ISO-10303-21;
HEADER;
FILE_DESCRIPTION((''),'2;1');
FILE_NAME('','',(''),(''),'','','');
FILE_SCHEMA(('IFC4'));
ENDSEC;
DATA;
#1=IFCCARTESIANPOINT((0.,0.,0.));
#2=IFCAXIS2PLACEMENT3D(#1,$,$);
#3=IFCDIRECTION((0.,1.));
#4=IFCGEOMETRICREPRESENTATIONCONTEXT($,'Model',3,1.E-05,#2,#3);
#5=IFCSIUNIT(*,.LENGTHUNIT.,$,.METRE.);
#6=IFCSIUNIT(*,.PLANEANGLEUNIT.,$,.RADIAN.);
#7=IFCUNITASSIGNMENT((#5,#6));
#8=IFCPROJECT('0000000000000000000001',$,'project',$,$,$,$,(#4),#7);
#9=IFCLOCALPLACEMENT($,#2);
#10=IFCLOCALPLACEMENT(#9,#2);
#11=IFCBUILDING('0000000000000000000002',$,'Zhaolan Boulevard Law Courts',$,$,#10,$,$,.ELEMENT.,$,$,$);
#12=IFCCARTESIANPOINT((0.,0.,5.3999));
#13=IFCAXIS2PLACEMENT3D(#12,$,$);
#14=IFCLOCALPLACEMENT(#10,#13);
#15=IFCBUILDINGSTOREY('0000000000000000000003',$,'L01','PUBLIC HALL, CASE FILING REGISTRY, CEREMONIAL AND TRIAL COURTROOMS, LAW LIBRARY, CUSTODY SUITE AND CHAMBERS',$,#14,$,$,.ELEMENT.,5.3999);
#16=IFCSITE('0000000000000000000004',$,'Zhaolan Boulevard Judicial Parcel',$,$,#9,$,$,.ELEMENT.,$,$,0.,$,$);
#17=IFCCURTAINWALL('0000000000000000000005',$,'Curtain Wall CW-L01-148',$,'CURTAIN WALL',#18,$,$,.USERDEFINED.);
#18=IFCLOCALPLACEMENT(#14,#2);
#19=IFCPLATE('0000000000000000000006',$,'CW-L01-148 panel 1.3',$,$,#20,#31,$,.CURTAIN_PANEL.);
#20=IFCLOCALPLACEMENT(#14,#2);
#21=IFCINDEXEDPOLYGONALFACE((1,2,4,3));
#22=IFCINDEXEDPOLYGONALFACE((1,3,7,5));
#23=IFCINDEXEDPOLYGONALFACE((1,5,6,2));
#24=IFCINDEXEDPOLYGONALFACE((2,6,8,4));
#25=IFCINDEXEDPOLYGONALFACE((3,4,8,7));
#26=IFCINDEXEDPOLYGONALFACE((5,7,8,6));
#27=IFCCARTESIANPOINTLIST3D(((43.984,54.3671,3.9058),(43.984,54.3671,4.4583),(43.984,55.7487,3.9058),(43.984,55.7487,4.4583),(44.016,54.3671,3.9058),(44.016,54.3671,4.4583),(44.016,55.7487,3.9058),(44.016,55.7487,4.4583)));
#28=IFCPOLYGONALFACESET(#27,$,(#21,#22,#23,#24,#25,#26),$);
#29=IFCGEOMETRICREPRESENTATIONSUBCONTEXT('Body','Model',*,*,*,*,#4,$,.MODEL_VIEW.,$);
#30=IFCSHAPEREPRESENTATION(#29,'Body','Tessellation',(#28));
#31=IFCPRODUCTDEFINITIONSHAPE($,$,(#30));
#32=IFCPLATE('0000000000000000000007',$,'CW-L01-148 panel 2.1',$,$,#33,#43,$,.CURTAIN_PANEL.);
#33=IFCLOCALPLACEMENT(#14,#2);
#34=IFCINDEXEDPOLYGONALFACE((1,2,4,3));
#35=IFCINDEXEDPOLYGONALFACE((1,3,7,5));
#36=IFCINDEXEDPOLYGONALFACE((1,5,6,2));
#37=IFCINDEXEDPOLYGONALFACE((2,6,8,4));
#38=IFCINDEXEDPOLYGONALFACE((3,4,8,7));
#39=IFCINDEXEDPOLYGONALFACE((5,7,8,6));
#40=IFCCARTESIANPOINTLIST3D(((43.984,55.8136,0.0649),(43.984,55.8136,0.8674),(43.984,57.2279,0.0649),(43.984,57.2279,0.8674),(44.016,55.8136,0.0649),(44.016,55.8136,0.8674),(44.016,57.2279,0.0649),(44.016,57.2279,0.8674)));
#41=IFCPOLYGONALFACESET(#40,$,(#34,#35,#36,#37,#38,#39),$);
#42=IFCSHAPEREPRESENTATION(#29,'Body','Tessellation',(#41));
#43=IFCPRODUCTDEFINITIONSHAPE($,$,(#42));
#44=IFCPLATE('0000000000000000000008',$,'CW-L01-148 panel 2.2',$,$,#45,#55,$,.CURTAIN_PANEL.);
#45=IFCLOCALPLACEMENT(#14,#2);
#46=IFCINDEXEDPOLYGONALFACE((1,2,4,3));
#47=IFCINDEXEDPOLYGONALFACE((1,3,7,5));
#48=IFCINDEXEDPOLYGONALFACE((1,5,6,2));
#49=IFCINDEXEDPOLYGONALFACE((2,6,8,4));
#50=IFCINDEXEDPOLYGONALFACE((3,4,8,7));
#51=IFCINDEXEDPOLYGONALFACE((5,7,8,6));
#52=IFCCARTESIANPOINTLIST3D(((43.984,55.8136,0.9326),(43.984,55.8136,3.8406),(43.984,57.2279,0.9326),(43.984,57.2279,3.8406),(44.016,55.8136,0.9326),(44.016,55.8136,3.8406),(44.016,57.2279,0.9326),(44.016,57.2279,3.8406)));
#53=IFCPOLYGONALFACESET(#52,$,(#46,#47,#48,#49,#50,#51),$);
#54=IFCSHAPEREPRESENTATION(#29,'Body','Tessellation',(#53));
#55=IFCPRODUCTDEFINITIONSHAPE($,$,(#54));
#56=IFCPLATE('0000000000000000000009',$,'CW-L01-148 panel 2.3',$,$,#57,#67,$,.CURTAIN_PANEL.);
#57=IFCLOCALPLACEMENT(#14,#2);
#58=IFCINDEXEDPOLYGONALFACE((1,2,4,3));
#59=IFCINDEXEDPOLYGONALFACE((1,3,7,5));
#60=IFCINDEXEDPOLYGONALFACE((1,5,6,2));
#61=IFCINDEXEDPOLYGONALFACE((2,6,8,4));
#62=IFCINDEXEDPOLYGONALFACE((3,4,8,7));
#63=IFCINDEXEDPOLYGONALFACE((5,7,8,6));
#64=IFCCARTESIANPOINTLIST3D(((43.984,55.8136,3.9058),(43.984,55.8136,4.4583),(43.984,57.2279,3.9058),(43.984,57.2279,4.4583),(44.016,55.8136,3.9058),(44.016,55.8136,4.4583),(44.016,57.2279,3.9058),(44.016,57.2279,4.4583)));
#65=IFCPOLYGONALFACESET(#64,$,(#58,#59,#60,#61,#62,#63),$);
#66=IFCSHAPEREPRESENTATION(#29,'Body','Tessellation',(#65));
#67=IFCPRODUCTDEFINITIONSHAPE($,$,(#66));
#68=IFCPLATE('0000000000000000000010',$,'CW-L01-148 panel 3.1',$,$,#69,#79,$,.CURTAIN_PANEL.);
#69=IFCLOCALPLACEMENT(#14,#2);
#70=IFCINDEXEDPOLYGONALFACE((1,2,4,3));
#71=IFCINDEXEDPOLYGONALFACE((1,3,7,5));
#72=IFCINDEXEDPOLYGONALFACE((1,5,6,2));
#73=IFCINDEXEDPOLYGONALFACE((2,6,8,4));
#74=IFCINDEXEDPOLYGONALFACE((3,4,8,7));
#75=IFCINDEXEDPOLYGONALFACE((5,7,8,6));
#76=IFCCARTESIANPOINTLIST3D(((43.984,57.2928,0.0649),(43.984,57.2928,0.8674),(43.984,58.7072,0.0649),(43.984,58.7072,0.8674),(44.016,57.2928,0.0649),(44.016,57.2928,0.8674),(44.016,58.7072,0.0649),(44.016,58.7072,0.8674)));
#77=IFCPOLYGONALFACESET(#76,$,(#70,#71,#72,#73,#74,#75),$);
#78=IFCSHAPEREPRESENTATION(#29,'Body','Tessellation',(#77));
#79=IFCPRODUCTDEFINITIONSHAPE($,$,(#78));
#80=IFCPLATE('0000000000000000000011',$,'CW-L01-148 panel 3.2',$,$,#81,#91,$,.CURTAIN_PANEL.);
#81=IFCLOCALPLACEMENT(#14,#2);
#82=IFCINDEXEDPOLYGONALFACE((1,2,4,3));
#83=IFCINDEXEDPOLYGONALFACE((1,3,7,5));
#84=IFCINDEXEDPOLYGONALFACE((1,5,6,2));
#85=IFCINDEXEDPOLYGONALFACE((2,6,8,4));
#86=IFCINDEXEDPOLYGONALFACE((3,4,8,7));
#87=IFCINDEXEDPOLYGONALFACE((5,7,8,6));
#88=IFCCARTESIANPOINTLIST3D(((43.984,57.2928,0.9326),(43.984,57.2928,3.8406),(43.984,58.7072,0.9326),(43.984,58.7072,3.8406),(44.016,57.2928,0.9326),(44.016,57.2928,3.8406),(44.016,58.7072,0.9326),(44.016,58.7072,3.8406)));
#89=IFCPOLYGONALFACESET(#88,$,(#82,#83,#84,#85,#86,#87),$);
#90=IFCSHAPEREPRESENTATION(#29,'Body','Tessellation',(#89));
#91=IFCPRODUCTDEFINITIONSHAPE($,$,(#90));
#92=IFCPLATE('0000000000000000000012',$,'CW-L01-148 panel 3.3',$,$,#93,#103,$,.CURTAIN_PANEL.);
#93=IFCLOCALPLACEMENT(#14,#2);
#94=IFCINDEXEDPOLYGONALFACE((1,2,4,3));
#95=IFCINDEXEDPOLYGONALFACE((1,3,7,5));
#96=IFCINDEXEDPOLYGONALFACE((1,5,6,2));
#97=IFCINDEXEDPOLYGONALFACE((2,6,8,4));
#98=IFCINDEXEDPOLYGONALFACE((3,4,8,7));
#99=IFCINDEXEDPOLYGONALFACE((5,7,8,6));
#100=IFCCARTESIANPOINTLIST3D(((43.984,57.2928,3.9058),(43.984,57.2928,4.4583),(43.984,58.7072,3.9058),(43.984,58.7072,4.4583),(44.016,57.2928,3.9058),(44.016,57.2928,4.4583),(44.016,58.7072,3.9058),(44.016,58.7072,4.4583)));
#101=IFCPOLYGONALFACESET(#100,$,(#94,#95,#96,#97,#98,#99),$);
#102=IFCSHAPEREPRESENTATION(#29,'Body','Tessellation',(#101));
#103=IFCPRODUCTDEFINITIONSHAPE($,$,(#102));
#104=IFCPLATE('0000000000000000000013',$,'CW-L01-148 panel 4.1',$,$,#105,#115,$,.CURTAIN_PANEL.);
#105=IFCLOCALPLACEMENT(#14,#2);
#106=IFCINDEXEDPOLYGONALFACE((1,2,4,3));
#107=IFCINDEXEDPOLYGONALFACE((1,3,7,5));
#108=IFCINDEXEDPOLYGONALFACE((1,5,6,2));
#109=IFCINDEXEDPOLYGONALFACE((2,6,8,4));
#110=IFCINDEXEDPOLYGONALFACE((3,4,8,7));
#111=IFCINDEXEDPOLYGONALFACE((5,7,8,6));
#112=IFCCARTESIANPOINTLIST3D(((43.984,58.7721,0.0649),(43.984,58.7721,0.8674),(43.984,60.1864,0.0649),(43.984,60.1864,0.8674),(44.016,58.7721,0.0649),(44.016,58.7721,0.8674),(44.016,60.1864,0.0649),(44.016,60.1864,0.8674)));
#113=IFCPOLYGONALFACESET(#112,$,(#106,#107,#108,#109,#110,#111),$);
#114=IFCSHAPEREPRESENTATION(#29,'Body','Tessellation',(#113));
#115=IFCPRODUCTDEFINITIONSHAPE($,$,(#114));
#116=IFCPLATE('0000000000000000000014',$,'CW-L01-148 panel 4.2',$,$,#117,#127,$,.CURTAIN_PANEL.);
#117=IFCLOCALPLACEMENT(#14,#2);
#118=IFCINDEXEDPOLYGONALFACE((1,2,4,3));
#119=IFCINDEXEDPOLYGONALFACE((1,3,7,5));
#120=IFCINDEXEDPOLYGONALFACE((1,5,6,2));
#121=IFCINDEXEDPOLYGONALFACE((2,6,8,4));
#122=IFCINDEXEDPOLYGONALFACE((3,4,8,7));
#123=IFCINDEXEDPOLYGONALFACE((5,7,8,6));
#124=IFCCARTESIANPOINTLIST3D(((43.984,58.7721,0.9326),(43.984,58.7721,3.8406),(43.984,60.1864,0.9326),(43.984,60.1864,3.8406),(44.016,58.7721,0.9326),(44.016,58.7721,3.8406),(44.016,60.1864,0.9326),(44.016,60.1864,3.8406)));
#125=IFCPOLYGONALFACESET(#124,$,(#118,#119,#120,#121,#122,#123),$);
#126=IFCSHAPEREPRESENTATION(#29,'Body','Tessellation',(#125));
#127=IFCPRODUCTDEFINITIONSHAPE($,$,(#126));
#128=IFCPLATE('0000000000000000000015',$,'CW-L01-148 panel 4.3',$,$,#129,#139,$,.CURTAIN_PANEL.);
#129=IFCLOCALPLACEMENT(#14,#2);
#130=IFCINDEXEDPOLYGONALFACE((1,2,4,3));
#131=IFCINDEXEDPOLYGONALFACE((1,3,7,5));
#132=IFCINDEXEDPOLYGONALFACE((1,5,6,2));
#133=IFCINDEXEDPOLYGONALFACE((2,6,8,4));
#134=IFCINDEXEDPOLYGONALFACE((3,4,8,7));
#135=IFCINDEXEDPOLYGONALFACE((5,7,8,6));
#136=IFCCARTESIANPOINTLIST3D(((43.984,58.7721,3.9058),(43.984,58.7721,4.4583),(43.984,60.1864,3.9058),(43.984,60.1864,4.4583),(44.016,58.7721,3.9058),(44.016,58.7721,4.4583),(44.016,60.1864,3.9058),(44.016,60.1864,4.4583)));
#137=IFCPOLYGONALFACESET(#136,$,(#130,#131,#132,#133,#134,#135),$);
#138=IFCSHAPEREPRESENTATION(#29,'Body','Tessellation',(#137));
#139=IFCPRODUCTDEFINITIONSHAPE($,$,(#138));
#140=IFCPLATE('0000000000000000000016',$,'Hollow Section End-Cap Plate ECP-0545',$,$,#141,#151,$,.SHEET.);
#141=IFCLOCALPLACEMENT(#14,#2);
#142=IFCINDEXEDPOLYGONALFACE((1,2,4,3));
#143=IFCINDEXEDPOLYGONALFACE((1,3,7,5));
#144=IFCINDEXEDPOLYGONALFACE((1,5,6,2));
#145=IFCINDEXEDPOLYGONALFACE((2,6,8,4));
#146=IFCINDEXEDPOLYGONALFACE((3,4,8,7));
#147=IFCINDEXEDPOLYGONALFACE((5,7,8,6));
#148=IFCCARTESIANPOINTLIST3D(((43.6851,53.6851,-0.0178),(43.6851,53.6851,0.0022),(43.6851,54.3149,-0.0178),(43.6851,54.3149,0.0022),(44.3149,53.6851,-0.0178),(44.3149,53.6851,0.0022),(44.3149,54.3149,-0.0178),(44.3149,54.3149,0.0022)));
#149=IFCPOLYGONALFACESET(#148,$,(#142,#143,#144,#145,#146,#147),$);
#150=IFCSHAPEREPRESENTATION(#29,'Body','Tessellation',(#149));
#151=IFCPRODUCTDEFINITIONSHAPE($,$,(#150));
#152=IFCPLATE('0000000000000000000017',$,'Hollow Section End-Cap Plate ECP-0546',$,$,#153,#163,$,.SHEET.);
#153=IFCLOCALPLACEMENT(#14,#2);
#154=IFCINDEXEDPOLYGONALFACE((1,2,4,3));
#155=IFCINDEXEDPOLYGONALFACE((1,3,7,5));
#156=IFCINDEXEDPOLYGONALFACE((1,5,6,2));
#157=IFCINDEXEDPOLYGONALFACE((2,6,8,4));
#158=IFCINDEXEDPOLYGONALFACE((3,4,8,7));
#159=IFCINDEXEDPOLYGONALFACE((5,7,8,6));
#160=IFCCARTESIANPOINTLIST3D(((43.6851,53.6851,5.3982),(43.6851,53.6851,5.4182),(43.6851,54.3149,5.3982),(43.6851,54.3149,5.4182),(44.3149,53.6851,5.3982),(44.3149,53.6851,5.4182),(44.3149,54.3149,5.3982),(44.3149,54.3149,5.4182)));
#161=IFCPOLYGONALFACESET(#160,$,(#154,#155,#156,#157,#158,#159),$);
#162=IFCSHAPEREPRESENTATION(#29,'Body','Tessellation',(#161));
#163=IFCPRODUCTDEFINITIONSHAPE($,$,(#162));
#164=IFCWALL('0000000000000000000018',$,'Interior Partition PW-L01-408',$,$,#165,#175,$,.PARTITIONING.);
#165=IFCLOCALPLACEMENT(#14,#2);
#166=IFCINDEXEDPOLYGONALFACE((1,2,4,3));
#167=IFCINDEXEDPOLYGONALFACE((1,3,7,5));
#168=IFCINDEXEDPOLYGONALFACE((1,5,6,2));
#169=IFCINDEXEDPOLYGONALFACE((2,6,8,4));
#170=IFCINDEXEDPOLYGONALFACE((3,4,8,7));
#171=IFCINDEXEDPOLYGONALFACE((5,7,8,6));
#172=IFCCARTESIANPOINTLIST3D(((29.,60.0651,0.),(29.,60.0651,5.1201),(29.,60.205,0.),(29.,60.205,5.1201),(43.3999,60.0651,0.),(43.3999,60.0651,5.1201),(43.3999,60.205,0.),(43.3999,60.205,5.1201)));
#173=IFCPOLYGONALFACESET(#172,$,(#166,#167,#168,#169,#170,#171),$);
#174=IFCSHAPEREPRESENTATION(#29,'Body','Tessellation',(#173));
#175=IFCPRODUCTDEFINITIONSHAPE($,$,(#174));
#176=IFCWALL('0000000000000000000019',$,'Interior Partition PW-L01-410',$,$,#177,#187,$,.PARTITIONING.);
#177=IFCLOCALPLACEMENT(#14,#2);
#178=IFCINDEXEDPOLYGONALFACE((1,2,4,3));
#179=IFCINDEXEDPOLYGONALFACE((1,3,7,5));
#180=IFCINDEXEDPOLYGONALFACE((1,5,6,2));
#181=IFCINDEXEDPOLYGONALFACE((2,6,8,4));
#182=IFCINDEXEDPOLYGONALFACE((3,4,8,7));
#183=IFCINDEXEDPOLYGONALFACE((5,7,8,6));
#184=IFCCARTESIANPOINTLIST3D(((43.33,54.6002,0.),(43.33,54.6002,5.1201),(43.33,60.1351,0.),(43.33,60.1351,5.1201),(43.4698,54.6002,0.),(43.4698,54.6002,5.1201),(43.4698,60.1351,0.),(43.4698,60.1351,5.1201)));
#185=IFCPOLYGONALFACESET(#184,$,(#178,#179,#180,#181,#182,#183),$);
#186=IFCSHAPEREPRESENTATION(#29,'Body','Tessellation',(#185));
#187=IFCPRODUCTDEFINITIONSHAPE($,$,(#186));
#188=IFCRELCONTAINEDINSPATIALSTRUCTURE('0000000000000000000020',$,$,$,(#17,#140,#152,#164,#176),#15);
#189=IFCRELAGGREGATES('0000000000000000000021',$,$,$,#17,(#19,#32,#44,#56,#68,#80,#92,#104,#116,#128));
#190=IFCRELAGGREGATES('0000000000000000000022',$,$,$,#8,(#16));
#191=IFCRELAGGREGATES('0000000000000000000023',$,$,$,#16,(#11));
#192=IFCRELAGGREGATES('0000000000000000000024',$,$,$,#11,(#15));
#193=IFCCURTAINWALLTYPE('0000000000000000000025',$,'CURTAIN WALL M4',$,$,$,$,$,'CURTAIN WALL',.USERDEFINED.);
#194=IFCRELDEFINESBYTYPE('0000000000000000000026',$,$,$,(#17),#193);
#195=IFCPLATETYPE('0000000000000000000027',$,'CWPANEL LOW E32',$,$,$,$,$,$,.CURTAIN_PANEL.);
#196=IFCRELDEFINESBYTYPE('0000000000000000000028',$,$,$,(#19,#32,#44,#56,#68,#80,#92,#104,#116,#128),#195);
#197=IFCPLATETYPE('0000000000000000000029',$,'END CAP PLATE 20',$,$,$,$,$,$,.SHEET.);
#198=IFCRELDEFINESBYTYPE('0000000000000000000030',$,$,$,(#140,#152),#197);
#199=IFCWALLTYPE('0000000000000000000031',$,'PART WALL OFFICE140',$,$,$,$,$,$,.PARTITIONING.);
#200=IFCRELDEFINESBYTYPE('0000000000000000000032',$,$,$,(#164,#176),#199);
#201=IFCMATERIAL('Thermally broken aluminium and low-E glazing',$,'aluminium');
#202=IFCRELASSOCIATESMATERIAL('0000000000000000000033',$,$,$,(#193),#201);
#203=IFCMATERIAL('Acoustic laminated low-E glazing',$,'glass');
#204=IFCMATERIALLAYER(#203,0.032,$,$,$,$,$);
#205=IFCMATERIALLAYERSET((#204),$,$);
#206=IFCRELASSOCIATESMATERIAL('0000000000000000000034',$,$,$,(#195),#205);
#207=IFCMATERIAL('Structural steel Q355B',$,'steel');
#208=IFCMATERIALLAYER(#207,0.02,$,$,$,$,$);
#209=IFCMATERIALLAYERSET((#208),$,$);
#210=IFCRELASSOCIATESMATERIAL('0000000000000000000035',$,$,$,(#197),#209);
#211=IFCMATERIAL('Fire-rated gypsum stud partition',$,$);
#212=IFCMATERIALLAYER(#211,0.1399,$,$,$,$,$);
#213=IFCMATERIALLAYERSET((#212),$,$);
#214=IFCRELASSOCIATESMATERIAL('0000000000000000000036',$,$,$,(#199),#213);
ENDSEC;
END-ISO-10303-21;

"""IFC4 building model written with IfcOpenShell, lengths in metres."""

from ifc_helpers import new_model, si_unit, direction, frame, frame_2d, origin, origin_2d, place, context, subcontext, project, spatial, rectangle, extrude, material, layer, layer_set, type_object, element, aggregate, save


model = new_model("IFC4")

# Units and contexts
model_context = context("Model", 3, precision=1e-05, world=origin(), true_north=direction((0.0, 1.0)))
body_context = subcontext(model_context, "Body", "Model", "MODEL_VIEW")
ifc_project = project(units=[si_unit("LENGTHUNIT", "METRE"), si_unit("PLANEANGLEUNIT", "RADIAN")], contexts=[model_context])

# Site, building, storey
site_placement = place(None, origin())
site = spatial("IfcSite", under=ifc_project, at=site_placement, Name="Zhaolan Boulevard Judicial Parcel", CompositionType="ELEMENT", RefElevation=0.0)
building_placement = place(site_placement, origin())
building = spatial("IfcBuilding", under=site, at=building_placement, Name="Zhaolan Boulevard Law Courts", CompositionType="ELEMENT")
storey_placement = place(building_placement, frame((0.0, 0.0, 5.3999)))
storey = spatial("IfcBuildingStorey", under=building, at=storey_placement, Name="L01", Description="PUBLIC HALL, CASE FILING REGISTRY, CEREMONIAL AND TRIAL COURTROOMS, LAW LIBRARY, CUSTODY SUITE AND CHAMBERS", CompositionType="ELEMENT", Elevation=5.3999)

# Curtain wall
ifc_material_1 = material(Name="Thermally broken aluminium and low-E glazing", Category="aluminium")
curtain_wall_type = type_object("IfcCurtainWallType", Name="CURTAIN WALL M4", ElementType="CURTAIN WALL", PredefinedType="USERDEFINED", material=ifc_material_1)
curtain_wall_placement = place(storey_placement, origin())
curtain_wall = element("IfcCurtainWall", 1, at=curtain_wall_placement, inside=storey, type_object=curtain_wall_type, Name="Curtain Wall CW-L01-148", ObjectType="CURTAIN WALL", PredefinedType="USERDEFINED")

# Plates
ifc_material_2 = material(Name="Acoustic laminated low-E glazing", Category="glass")
ifc_layer_1 = layer(ifc_material_2, 0.032)
ifc_layer_set_1 = layer_set([ifc_layer_1])
plate_type_1 = type_object("IfcPlateType", Name="CWPANEL LOW E32", PredefinedType="CURTAIN_PANEL", material=ifc_layer_set_1)
plate_1_placement = place(storey_placement, frame((44.0, 55.0579, 3.9058), z_axis=(0.0, 0.0, 1.0), x_axis=(0.0, 1.0, 0.0)))
plate_1 = element("IfcPlate", 2, at=plate_1_placement, type_object=plate_type_1, Name="CW-L01-148 panel 1.3", PredefinedType="CURTAIN_PANEL", context=body_context, shape_type="SweptSolid", body=[
    extrude(rectangle(XDim=1.3816, YDim=0.032, at=origin_2d()), origin(), (0.0, 0.0, 1.0), 0.5525),
])
plate_2_placement = place(storey_placement, frame((44.0, 56.5208, 0.0649), z_axis=(0.0, 0.0, 1.0), x_axis=(0.0, 1.0, 0.0)))
plate_2 = element("IfcPlate", 3, at=plate_2_placement, type_object=plate_type_1, Name="CW-L01-148 panel 2.1", PredefinedType="CURTAIN_PANEL", context=body_context, shape_type="SweptSolid", body=[
    extrude(rectangle(XDim=1.4143, YDim=0.032, at=origin_2d()), origin(), (0.0, 0.0, 1.0), 0.8025),
])
plate_3_placement = place(storey_placement, frame((44.0, 56.5208, 0.9326), z_axis=(0.0, 0.0, 1.0), x_axis=(0.0, 1.0, 0.0)))
plate_3 = element("IfcPlate", 4, at=plate_3_placement, type_object=plate_type_1, Name="CW-L01-148 panel 2.2", PredefinedType="CURTAIN_PANEL", context=body_context, shape_type="SweptSolid", body=[
    extrude(rectangle(XDim=1.4143, YDim=0.032, at=origin_2d()), origin(), (0.0, 0.0, 1.0), 2.908),
])
plate_4_placement = place(storey_placement, frame((44.0, 56.5208, 3.9058), z_axis=(0.0, 0.0, 1.0), x_axis=(0.0, 1.0, 0.0)))
plate_4 = element("IfcPlate", 5, at=plate_4_placement, type_object=plate_type_1, Name="CW-L01-148 panel 2.3", PredefinedType="CURTAIN_PANEL", context=body_context, shape_type="SweptSolid", body=[
    extrude(rectangle(XDim=1.4143, YDim=0.032, at=origin_2d()), origin(), (0.0, 0.0, 1.0), 0.5525),
])
plate_5_placement = place(storey_placement, frame((44.0, 58.0, 0.0649), z_axis=(0.0, 0.0, 1.0), x_axis=(0.0, 1.0, 0.0)))
plate_5 = element("IfcPlate", 6, at=plate_5_placement, type_object=plate_type_1, Name="CW-L01-148 panel 3.1", PredefinedType="CURTAIN_PANEL", context=body_context, shape_type="SweptSolid", body=[
    extrude(rectangle(XDim=1.4143, YDim=0.032, at=origin_2d()), origin(), (0.0, 0.0, 1.0), 0.8025),
])
plate_6_placement = place(storey_placement, frame((44.0, 58.0, 0.9326), z_axis=(0.0, 0.0, 1.0), x_axis=(0.0, 1.0, 0.0)))
plate_6 = element("IfcPlate", 7, at=plate_6_placement, type_object=plate_type_1, Name="CW-L01-148 panel 3.2", PredefinedType="CURTAIN_PANEL", context=body_context, shape_type="SweptSolid", body=[
    extrude(rectangle(XDim=1.4143, YDim=0.032, at=origin_2d()), origin(), (0.0, 0.0, 1.0), 2.908),
])
plate_7_placement = place(storey_placement, frame((44.0, 58.0, 3.9058), z_axis=(0.0, 0.0, 1.0), x_axis=(0.0, 1.0, 0.0)))
plate_7 = element("IfcPlate", 8, at=plate_7_placement, type_object=plate_type_1, Name="CW-L01-148 panel 3.3", PredefinedType="CURTAIN_PANEL", context=body_context, shape_type="SweptSolid", body=[
    extrude(rectangle(XDim=1.4143, YDim=0.032, at=origin_2d()), origin(), (0.0, 0.0, 1.0), 0.5525),
])
plate_8_placement = place(storey_placement, frame((44.0, 59.4792, 0.0649), z_axis=(0.0, 0.0, 1.0), x_axis=(0.0, 1.0, 0.0)))
plate_8 = element("IfcPlate", 9, at=plate_8_placement, type_object=plate_type_1, Name="CW-L01-148 panel 4.1", PredefinedType="CURTAIN_PANEL", context=body_context, shape_type="SweptSolid", body=[
    extrude(rectangle(XDim=1.4143, YDim=0.032, at=origin_2d()), origin(), (0.0, 0.0, 1.0), 0.8025),
])
plate_9_placement = place(storey_placement, frame((44.0, 59.4792, 0.9326), z_axis=(0.0, 0.0, 1.0), x_axis=(0.0, 1.0, 0.0)))
plate_9 = element("IfcPlate", 10, at=plate_9_placement, type_object=plate_type_1, Name="CW-L01-148 panel 4.2", PredefinedType="CURTAIN_PANEL", context=body_context, shape_type="SweptSolid", body=[
    extrude(rectangle(XDim=1.4143, YDim=0.032, at=origin_2d()), origin(), (0.0, 0.0, 1.0), 2.908),
])
plate_10_placement = place(storey_placement, frame((44.0, 59.4792, 3.9058), z_axis=(0.0, 0.0, 1.0), x_axis=(0.0, 1.0, 0.0)))
plate_10 = element("IfcPlate", 11, at=plate_10_placement, type_object=plate_type_1, Name="CW-L01-148 panel 4.3", PredefinedType="CURTAIN_PANEL", context=body_context, shape_type="SweptSolid", body=[
    extrude(rectangle(XDim=1.4143, YDim=0.032, at=origin_2d()), origin(), (0.0, 0.0, 1.0), 0.5525),
])
aggregate(curtain_wall, [plate_1, plate_2, plate_3, plate_4, plate_5, plate_6, plate_7, plate_8, plate_9, plate_10])

# Plates
ifc_material_3 = material(Name="Structural steel Q355B", Category="steel")
ifc_layer_2 = layer(ifc_material_3, 0.02)
ifc_layer_set_2 = layer_set([ifc_layer_2])
plate_type_2 = type_object("IfcPlateType", Name="END CAP PLATE 20", PredefinedType="SHEET", material=ifc_layer_set_2)
for number, where, z_axis, x_axis, name in (
    (12, (44.0, 54.0, -0.0178), (0.0, 0.0, 1.0), (1.0, 0.0, 0.0), "Hollow Section End-Cap Plate ECP-0545"),
    (13, (44.0, 54.0, 5.3982), (0.0, 0.0, 1.0), (1.0, 0.0, 0.0), "Hollow Section End-Cap Plate ECP-0546"),
):
    element("IfcPlate", number, at=place(storey_placement, frame(where, z_axis=z_axis, x_axis=x_axis)), inside=storey, type_object=plate_type_2, Name=name, PredefinedType="SHEET", context=body_context, shape_type="SweptSolid", body=[
        extrude(rectangle(XDim=0.6299, YDim=0.6299, at=origin_2d()), origin(), (0.0, 0.0, 1.0), 0.02),
    ])

# Walls
ifc_material_4 = material(Name="Fire-rated gypsum stud partition")
ifc_layer_3 = layer(ifc_material_4, 0.1399)
ifc_layer_set_3 = layer_set([ifc_layer_3])
wall_type = type_object("IfcWallType", Name="PART WALL OFFICE140", PredefinedType="PARTITIONING", material=ifc_layer_set_3)
wall_1_placement = place(storey_placement, frame((43.3999, 60.135, 0.0), z_axis=(0.0, 0.0, 1.0), x_axis=(-1.0, 0.0, 0.0)))
element("IfcWall", 14, at=wall_1_placement, inside=storey, type_object=wall_type, Name="Interior Partition PW-L01-408", PredefinedType="PARTITIONING", context=body_context, shape_type="SweptSolid", body=[
    extrude(rectangle(XDim=14.3999, YDim=0.1399, at=frame_2d((7.2, 0.0))), origin(), (0.0, 0.0, 1.0), 5.1201),
])
wall_2_placement = place(storey_placement, frame((43.3999, 54.6001, 0.0), z_axis=(0.0, 0.0, 1.0), x_axis=(0.0, 1.0, 0.0)))
element("IfcWall", 15, at=wall_2_placement, inside=storey, type_object=wall_type, Name="Interior Partition PW-L01-410", PredefinedType="PARTITIONING", context=body_context, shape_type="SweptSolid", body=[
    extrude(rectangle(XDim=5.5349, YDim=0.1399, at=frame_2d((2.7676, 0.0))), origin(), (0.0, 0.0, 1.0), 5.1201),
])

save(model, "model.ifc")
